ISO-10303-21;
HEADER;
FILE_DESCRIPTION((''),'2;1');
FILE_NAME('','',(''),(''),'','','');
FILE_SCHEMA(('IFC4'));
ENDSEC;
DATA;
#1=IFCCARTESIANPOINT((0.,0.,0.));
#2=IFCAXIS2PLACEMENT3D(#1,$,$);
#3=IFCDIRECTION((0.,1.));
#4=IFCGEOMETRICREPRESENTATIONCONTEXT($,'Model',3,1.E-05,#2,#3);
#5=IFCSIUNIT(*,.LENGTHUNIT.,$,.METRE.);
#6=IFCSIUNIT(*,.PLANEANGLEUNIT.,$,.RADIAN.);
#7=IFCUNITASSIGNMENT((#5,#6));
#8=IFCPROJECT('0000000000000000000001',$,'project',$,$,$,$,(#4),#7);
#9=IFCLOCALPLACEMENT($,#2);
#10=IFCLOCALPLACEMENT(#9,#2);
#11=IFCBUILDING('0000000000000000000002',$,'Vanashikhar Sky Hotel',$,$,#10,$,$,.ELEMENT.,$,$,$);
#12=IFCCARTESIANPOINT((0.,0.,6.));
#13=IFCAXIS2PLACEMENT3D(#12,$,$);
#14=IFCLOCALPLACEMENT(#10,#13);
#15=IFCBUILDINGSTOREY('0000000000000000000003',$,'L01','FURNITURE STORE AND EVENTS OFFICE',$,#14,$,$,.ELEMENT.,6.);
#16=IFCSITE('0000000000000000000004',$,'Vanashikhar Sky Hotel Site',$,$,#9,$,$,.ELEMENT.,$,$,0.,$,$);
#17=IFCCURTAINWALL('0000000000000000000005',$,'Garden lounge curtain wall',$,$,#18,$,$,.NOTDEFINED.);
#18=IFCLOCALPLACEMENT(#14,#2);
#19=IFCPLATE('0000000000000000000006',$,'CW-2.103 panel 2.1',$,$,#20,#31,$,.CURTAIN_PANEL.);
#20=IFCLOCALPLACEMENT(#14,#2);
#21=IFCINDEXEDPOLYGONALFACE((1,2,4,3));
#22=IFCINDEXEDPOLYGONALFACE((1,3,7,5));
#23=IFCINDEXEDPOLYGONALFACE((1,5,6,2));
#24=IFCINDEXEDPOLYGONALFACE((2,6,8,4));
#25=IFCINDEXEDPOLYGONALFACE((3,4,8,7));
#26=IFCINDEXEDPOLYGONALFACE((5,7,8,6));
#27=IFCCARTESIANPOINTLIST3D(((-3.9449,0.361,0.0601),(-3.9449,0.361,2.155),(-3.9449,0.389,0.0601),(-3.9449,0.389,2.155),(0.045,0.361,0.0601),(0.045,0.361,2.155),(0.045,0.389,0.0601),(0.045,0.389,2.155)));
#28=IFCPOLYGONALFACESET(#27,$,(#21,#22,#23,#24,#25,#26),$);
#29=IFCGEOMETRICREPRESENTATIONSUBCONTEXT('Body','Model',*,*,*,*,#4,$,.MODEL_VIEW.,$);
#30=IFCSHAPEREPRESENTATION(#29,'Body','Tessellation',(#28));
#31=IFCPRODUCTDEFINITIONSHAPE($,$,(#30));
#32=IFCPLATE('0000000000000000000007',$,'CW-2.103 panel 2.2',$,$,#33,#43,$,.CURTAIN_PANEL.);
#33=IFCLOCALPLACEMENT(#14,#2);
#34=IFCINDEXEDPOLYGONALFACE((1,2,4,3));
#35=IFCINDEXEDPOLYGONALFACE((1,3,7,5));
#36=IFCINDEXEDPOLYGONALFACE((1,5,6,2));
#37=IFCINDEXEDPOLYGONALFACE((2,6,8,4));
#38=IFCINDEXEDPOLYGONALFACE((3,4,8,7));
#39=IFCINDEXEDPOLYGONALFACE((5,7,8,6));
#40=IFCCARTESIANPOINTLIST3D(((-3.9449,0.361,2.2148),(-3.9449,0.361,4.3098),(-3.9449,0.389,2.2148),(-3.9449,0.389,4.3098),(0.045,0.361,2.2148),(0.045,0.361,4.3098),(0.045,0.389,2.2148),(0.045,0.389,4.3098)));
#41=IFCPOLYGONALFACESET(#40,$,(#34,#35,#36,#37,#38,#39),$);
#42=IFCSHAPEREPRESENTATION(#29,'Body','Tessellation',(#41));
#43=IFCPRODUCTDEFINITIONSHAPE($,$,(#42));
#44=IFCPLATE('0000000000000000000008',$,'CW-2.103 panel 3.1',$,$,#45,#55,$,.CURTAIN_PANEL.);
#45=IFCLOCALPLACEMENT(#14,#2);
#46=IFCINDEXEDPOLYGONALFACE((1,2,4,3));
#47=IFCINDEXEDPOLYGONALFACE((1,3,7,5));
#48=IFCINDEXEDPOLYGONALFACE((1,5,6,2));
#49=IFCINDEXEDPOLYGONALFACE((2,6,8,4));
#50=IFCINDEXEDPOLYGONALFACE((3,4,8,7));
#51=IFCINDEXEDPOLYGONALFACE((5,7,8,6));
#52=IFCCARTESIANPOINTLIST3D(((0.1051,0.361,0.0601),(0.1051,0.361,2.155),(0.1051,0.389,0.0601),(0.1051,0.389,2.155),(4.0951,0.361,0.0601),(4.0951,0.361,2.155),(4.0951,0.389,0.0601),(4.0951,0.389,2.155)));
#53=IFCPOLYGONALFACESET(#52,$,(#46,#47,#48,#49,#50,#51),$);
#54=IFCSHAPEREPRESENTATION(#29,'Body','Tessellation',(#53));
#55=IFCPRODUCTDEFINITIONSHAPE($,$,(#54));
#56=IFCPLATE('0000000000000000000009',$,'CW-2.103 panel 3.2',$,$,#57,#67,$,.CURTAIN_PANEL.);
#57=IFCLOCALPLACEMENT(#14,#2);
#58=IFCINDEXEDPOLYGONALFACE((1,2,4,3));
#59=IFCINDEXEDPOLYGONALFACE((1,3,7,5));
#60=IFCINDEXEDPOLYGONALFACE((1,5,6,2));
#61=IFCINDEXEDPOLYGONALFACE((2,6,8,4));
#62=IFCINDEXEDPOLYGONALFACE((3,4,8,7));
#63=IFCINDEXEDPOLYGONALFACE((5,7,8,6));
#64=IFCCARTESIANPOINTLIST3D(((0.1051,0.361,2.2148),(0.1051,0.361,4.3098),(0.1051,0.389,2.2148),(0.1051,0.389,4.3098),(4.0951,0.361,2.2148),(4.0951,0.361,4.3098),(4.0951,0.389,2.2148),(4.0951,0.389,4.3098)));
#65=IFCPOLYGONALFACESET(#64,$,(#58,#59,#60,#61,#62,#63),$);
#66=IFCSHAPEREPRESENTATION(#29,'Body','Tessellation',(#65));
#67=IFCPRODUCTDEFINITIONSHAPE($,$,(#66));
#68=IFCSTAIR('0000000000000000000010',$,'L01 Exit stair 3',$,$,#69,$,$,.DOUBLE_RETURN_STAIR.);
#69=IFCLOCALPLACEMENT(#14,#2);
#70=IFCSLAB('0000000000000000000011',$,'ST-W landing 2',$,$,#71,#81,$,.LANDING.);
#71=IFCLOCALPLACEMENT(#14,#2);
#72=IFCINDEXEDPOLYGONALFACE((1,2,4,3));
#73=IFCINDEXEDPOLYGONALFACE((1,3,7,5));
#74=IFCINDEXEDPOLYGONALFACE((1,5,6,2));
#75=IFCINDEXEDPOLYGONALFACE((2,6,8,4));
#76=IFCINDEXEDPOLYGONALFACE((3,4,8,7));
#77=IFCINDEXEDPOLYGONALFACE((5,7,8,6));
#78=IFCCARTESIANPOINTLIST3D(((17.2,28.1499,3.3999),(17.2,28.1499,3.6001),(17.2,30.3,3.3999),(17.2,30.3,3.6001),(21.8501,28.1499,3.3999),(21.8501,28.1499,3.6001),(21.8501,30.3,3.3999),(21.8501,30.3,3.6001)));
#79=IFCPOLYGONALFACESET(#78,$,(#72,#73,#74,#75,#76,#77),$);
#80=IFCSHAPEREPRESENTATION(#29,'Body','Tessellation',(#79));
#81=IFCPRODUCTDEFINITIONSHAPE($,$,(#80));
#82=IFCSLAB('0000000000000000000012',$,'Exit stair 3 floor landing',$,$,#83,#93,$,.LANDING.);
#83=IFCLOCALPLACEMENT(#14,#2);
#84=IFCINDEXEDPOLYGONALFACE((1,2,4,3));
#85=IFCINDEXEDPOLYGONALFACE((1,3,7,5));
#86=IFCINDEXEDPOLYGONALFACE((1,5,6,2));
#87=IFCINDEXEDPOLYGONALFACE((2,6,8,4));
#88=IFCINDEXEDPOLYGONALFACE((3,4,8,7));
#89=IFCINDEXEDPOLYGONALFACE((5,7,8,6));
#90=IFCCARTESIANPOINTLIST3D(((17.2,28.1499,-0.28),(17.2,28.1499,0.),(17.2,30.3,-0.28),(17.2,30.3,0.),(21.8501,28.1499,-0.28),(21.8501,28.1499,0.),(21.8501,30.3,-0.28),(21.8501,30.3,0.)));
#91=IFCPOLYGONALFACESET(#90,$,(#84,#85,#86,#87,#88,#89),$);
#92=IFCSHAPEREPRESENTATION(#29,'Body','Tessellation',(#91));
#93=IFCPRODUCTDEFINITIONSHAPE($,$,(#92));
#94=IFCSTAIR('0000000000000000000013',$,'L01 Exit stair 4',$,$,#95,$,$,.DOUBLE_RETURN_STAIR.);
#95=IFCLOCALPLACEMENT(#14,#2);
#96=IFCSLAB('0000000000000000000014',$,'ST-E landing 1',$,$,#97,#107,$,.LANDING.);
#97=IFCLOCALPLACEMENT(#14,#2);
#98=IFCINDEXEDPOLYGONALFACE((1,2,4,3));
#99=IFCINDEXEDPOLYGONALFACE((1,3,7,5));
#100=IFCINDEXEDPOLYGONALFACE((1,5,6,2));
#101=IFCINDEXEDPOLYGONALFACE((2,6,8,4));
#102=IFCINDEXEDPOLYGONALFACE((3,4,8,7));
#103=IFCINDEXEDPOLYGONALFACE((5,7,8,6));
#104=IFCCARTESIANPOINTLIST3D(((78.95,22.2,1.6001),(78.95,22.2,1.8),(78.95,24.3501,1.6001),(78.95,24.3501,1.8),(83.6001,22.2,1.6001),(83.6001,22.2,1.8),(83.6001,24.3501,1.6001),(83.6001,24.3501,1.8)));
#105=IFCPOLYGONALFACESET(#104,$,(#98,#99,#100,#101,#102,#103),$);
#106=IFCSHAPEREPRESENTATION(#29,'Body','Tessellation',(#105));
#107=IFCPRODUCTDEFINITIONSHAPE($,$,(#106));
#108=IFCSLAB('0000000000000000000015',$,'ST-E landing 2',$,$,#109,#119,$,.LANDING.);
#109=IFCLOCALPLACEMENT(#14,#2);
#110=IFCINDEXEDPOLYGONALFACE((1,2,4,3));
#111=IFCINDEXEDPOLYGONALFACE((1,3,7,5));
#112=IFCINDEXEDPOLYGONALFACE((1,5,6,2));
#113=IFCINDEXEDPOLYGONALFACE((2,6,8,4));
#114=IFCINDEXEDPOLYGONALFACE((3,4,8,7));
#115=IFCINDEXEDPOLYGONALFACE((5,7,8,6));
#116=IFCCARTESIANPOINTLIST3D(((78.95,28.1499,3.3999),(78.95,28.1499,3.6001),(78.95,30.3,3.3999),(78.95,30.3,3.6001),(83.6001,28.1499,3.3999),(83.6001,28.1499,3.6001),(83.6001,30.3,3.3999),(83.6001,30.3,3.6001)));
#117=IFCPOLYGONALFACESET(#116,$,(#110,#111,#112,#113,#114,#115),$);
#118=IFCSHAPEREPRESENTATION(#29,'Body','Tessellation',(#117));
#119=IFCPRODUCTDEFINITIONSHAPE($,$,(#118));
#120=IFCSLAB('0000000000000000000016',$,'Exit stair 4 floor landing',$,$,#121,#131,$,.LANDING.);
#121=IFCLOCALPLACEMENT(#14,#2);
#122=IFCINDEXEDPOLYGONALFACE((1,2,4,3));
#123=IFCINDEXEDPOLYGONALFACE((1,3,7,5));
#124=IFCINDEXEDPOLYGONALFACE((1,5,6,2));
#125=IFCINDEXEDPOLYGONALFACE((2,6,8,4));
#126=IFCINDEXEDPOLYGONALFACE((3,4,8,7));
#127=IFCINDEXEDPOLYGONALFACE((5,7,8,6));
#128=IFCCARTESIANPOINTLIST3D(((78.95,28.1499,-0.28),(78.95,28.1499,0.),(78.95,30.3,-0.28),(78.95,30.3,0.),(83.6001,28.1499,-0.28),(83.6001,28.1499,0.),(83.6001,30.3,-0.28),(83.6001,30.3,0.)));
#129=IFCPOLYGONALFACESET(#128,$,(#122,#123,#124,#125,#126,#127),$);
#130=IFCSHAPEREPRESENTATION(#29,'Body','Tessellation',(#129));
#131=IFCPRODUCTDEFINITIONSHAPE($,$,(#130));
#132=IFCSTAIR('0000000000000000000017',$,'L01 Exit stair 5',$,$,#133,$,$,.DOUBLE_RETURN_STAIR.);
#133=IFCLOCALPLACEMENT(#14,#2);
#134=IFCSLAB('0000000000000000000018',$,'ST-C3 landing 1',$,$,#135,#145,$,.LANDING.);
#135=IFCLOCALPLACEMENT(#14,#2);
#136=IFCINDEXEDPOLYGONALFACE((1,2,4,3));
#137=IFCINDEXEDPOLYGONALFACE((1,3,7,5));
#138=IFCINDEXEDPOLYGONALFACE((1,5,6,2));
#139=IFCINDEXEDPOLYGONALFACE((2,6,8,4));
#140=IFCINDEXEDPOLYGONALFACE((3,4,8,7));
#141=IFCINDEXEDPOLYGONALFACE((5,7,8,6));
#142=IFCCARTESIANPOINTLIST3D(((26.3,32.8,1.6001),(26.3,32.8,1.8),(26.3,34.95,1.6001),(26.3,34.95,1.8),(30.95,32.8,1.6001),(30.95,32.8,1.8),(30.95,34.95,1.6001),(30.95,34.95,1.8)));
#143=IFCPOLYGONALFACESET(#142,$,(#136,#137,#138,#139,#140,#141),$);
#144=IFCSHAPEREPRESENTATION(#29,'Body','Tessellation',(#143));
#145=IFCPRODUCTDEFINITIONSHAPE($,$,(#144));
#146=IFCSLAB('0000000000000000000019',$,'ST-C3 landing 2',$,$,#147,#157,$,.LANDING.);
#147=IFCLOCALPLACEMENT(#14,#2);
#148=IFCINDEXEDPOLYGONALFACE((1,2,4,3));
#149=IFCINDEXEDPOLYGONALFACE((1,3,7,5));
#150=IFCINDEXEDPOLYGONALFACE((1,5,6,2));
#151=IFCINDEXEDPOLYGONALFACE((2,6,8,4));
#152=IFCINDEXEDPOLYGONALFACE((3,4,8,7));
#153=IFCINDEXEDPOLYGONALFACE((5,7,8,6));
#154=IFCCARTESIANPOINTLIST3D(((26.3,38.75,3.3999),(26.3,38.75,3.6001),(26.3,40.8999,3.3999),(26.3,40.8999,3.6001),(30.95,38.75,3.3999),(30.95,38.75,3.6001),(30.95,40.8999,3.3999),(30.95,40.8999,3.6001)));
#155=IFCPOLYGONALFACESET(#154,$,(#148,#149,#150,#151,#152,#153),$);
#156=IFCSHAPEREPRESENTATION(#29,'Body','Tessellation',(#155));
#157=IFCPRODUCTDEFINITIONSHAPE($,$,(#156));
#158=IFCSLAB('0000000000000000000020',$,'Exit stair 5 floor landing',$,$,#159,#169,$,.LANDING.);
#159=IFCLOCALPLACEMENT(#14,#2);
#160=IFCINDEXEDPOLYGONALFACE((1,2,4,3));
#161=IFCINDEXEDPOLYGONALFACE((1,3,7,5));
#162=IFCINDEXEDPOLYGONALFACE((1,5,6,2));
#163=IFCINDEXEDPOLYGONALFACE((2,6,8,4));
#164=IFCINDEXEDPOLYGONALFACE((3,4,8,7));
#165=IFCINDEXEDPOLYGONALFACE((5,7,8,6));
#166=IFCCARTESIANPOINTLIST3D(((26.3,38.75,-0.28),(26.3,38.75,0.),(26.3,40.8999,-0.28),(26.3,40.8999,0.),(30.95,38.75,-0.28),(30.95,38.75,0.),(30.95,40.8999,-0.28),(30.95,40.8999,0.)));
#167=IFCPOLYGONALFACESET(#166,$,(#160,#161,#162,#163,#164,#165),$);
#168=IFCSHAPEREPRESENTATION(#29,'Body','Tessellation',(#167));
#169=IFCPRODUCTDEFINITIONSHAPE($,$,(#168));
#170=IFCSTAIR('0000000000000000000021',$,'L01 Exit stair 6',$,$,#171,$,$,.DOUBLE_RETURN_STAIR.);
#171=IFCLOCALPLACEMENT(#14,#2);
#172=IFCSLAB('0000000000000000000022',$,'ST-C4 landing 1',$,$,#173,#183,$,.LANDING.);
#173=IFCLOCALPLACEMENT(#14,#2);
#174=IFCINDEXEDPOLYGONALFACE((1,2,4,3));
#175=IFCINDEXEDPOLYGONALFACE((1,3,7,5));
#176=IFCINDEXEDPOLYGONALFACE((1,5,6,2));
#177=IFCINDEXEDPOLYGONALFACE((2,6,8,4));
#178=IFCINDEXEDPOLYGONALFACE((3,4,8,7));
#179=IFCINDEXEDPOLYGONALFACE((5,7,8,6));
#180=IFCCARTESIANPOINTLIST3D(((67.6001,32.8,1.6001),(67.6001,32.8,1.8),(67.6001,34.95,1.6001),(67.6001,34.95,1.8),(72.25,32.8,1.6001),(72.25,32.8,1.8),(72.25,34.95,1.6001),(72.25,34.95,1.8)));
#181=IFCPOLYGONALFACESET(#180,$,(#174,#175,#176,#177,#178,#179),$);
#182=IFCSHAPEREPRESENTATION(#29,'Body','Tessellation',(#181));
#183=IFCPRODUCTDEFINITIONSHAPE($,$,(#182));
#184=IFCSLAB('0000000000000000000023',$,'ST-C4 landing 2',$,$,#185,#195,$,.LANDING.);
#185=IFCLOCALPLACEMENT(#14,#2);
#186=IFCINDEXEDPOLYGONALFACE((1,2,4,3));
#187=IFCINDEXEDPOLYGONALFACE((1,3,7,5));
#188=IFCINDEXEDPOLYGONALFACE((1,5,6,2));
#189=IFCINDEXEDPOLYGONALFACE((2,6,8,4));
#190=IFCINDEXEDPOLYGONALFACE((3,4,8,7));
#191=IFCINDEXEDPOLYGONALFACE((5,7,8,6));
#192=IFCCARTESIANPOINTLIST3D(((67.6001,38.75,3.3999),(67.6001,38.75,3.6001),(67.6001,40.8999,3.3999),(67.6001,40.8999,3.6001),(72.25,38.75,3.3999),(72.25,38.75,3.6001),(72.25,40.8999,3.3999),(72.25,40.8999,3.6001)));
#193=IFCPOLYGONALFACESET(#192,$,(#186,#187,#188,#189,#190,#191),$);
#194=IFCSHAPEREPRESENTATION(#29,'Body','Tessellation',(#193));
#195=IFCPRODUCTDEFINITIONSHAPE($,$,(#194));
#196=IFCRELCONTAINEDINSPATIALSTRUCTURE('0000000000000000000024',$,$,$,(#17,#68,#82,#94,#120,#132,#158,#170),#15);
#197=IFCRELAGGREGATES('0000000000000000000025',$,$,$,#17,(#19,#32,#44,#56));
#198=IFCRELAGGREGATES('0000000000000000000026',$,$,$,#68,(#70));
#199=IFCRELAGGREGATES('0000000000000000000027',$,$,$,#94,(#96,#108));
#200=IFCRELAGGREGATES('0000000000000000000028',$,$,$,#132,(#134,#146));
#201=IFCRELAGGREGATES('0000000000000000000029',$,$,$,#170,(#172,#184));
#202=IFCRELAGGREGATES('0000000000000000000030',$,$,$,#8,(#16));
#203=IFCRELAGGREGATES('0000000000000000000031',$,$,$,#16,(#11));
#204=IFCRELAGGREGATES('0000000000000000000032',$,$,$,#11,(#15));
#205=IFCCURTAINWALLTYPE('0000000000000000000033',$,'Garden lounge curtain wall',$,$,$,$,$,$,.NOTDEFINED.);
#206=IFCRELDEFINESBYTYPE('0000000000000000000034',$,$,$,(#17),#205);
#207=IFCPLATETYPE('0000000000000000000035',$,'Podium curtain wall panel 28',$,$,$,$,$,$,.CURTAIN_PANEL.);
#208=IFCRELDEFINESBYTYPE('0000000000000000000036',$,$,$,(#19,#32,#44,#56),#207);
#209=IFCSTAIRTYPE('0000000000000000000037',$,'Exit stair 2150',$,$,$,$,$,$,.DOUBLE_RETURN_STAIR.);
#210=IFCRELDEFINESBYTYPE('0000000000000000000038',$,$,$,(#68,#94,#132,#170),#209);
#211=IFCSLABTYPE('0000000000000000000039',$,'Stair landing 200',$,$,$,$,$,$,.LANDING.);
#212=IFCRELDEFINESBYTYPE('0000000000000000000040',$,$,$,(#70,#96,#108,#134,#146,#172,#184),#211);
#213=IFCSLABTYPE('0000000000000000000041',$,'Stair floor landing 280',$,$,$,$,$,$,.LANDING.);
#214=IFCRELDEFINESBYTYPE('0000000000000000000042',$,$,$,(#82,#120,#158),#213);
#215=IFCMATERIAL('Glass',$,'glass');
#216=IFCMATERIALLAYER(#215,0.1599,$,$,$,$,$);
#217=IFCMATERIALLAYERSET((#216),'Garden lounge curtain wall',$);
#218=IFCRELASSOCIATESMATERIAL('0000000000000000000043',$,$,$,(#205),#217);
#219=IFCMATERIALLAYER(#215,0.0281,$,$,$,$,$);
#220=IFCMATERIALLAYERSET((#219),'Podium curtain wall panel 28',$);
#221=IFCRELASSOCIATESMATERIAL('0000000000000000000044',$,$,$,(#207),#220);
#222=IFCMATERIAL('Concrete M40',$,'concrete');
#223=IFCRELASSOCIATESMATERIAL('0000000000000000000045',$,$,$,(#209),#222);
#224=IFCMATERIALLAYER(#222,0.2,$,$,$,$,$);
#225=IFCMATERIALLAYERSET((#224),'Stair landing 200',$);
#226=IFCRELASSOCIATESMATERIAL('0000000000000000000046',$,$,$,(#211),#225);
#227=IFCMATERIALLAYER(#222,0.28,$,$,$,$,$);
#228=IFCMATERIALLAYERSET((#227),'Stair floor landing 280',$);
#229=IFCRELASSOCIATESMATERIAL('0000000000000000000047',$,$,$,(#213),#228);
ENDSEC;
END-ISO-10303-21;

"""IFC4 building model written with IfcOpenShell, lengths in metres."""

from ifc_helpers import new_model, si_unit, direction, frame, origin, origin_2d, place, context, subcontext, project, spatial, polyline, rectangle, outline, extrude, source, transform, mapped, material, layer, layer_set, type_object, element, aggregate, save


model = new_model("IFC4")

# Units and contexts
model_context = context("Model", 3, precision=1e-05, world=origin(), true_north=direction((0.0, 1.0)))
body_context = subcontext(model_context, "Body", "Model", "MODEL_VIEW")
ifc_project = project(units=[si_unit("LENGTHUNIT", "METRE"), si_unit("PLANEANGLEUNIT", "RADIAN")], contexts=[model_context])

# Site, building, storey
site_placement = place(None, origin())
site = spatial("IfcSite", under=ifc_project, at=site_placement, Name="Vanashikhar Sky Hotel Site", CompositionType="ELEMENT", RefElevation=0.0)
building_placement = place(site_placement, origin())
building = spatial("IfcBuilding", under=site, at=building_placement, Name="Vanashikhar Sky Hotel", CompositionType="ELEMENT")
storey_placement = place(building_placement, frame((0.0, 0.0, 6.0)))
storey = spatial("IfcBuildingStorey", under=building, at=storey_placement, Name="L01", Description="FURNITURE STORE AND EVENTS OFFICE", CompositionType="ELEMENT", Elevation=6.0)

# Curtain wall, plates
ifc_material_1 = material(Name="Glass", Category="glass")
ifc_layer_1 = layer(ifc_material_1, 0.1599)
ifc_layer_set_1 = layer_set([ifc_layer_1], Name="Garden lounge curtain wall")
curtain_wall_type = type_object("IfcCurtainWallType", Name="Garden lounge curtain wall", PredefinedType="NOTDEFINED", material=ifc_layer_set_1)
curtain_wall_placement = place(storey_placement, origin())
curtain_wall = element("IfcCurtainWall", 1, at=curtain_wall_placement, inside=storey, type_object=curtain_wall_type, Name="Garden lounge curtain wall", PredefinedType="NOTDEFINED")
ifc_layer_2 = layer(ifc_material_1, 0.0281)
ifc_layer_set_2 = layer_set([ifc_layer_2], Name="Podium curtain wall panel 28")
plate_type = type_object("IfcPlateType", Name="Podium curtain wall panel 28", PredefinedType="CURTAIN_PANEL", material=ifc_layer_set_2)
shared_shape_1 = source(origin(), body_context, "Body", "SweptSolid", [
    extrude(rectangle(XDim=3.99, YDim=0.0281, at=origin_2d()), origin(), (0.0, 0.0, 1.0), 2.095),
])
plate_1_placement = place(storey_placement, frame((-1.95, 0.375, 0.0601), z_axis=(0.0, 0.0, 1.0), x_axis=(1.0, 0.0, 0.0)))
plate_1 = element("IfcPlate", 2, at=plate_1_placement, type_object=plate_type, Name="CW-2.103 panel 2.1", PredefinedType="CURTAIN_PANEL", context=body_context, shape_type="MappedRepresentation", body=[
    mapped(shared_shape_1, transform((0.0, 0.0, 0.0), scale=1.0)),
])
plate_2_placement = place(storey_placement, frame((-1.95, 0.375, 2.2148), z_axis=(0.0, 0.0, 1.0), x_axis=(1.0, 0.0, 0.0)))
plate_2 = element("IfcPlate", 3, at=plate_2_placement, type_object=plate_type, Name="CW-2.103 panel 2.2", PredefinedType="CURTAIN_PANEL", context=body_context, shape_type="MappedRepresentation", body=[
    mapped(shared_shape_1, transform((0.0, 0.0, 0.0), scale=1.0)),
])
plate_3_placement = place(storey_placement, frame((2.1001, 0.375, 0.0601), z_axis=(0.0, 0.0, 1.0), x_axis=(1.0, 0.0, 0.0)))
plate_3 = element("IfcPlate", 4, at=plate_3_placement, type_object=plate_type, Name="CW-2.103 panel 3.1", PredefinedType="CURTAIN_PANEL", context=body_context, shape_type="MappedRepresentation", body=[
    mapped(shared_shape_1, transform((0.0, 0.0, 0.0), scale=1.0)),
])
plate_4_placement = place(storey_placement, frame((2.1001, 0.375, 2.2148), z_axis=(0.0, 0.0, 1.0), x_axis=(1.0, 0.0, 0.0)))
plate_4 = element("IfcPlate", 5, at=plate_4_placement, type_object=plate_type, Name="CW-2.103 panel 3.2", PredefinedType="CURTAIN_PANEL", context=body_context, shape_type="MappedRepresentation", body=[
    mapped(shared_shape_1, transform((0.0, 0.0, 0.0), scale=1.0)),
])
aggregate(curtain_wall, [plate_1, plate_2, plate_3, plate_4])

# Stair, slab
ifc_material_2 = material(Name="Concrete M40", Category="concrete")
stair_type = type_object("IfcStairType", Name="Exit stair 2150", PredefinedType="DOUBLE_RETURN_STAIR", material=ifc_material_2)
stair_1_placement = place(storey_placement, origin())
stair_1 = element("IfcStair", 6, at=stair_1_placement, inside=storey, type_object=stair_type, Name="L01 Exit stair 3", PredefinedType="DOUBLE_RETURN_STAIR")
ifc_layer_3 = layer(ifc_material_2, 0.2)
ifc_layer_set_3 = layer_set([ifc_layer_3], Name="Stair landing 200")
slab_type_1 = type_object("IfcSlabType", Name="Stair landing 200", PredefinedType="LANDING", material=ifc_layer_set_3)
shared_shape_2 = source(origin(), body_context, "Body", "SweptSolid", [
    extrude(outline(polyline([(21.8501, 28.1499), (21.8501, 30.3), (17.2, 30.3), (17.2, 28.1499), (21.8501, 28.1499)])), origin(), (0.0, 0.0, 1.0), 0.2002),
])
slab_1_placement = place(storey_placement, frame((0.0, 0.0, 3.3999)))
slab_1 = element("IfcSlab", 7, at=slab_1_placement, type_object=slab_type_1, Name="ST-W landing 2", PredefinedType="LANDING", context=body_context, shape_type="MappedRepresentation", body=[
    mapped(shared_shape_2, transform((0.0, 0.0, 0.0), scale=1.0)),
])
aggregate(stair_1, [slab_1])

# Slab
ifc_layer_4 = layer(ifc_material_2, 0.28)
ifc_layer_set_4 = layer_set([ifc_layer_4], Name="Stair floor landing 280")
slab_type_2 = type_object("IfcSlabType", Name="Stair floor landing 280", PredefinedType="LANDING", material=ifc_layer_set_4)
shared_shape_3 = source(origin(), body_context, "Body", "SweptSolid", [
    extrude(outline(polyline([(21.8501, 28.1499), (21.8501, 30.3), (17.2, 30.3), (17.2, 28.1499), (21.8501, 28.1499)])), origin(), (0.0, 0.0, 1.0), 0.28),
])
slab_2_placement = place(storey_placement, frame((0.0, 0.0, -0.28)))
element("IfcSlab", 8, at=slab_2_placement, inside=storey, type_object=slab_type_2, Name="Exit stair 3 floor landing", PredefinedType="LANDING", context=body_context, shape_type="MappedRepresentation", body=[
    mapped(shared_shape_3, transform((0.0, 0.0, 0.0), scale=1.0)),
])

# Stair, slabs
stair_2_placement = place(storey_placement, origin())
stair_2 = element("IfcStair", 9, at=stair_2_placement, inside=storey, type_object=stair_type, Name="L01 Exit stair 4", PredefinedType="DOUBLE_RETURN_STAIR")
shared_shape_4 = source(origin(), body_context, "Body", "SweptSolid", [
    extrude(outline(polyline([(83.6001, 22.2), (83.6001, 24.3501), (78.95, 24.3501), (78.95, 22.2), (83.6001, 22.2)])), origin(), (0.0, 0.0, 1.0), 0.2),
])
slab_3_placement = place(storey_placement, frame((0.0, 0.0, 1.6001)))
slab_3 = element("IfcSlab", 10, at=slab_3_placement, type_object=slab_type_1, Name="ST-E landing 1", PredefinedType="LANDING", context=body_context, shape_type="MappedRepresentation", body=[
    mapped(shared_shape_4, transform((0.0, 0.0, 0.0), scale=1.0)),
])
shared_shape_5 = source(origin(), body_context, "Body", "SweptSolid", [
    extrude(outline(polyline([(83.6001, 28.1499), (83.6001, 30.3), (78.95, 30.3), (78.95, 28.1499), (83.6001, 28.1499)])), origin(), (0.0, 0.0, 1.0), 0.2002),
])
slab_4_placement = place(storey_placement, frame((0.0, 0.0, 3.3999)))
slab_4 = element("IfcSlab", 11, at=slab_4_placement, type_object=slab_type_1, Name="ST-E landing 2", PredefinedType="LANDING", context=body_context, shape_type="MappedRepresentation", body=[
    mapped(shared_shape_5, transform((0.0, 0.0, 0.0), scale=1.0)),
])
aggregate(stair_2, [slab_3, slab_4])

# Slab
shared_shape_6 = source(origin(), body_context, "Body", "SweptSolid", [
    extrude(outline(polyline([(83.6001, 28.1499), (83.6001, 30.3), (78.95, 30.3), (78.95, 28.1499), (83.6001, 28.1499)])), origin(), (0.0, 0.0, 1.0), 0.28),
])
slab_5_placement = place(storey_placement, frame((0.0, 0.0, -0.28)))
element("IfcSlab", 12, at=slab_5_placement, inside=storey, type_object=slab_type_2, Name="Exit stair 4 floor landing", PredefinedType="LANDING", context=body_context, shape_type="MappedRepresentation", body=[
    mapped(shared_shape_6, transform((0.0, 0.0, 0.0), scale=1.0)),
])

# Stair, slabs
stair_3_placement = place(storey_placement, origin())
stair_3 = element("IfcStair", 13, at=stair_3_placement, inside=storey, type_object=stair_type, Name="L01 Exit stair 5", PredefinedType="DOUBLE_RETURN_STAIR")
shared_shape_7 = source(origin(), body_context, "Body", "SweptSolid", [
    extrude(outline(polyline([(30.95, 32.8), (30.95, 34.95), (26.3, 34.95), (26.3, 32.8), (30.95, 32.8)])), origin(), (0.0, 0.0, 1.0), 0.2),
])
slab_6_placement = place(storey_placement, frame((0.0, 0.0, 1.6001)))
slab_6 = element("IfcSlab", 14, at=slab_6_placement, type_object=slab_type_1, Name="ST-C3 landing 1", PredefinedType="LANDING", context=body_context, shape_type="MappedRepresentation", body=[
    mapped(shared_shape_7, transform((0.0, 0.0, 0.0), scale=1.0)),
])
shared_shape_8 = source(origin(), body_context, "Body", "SweptSolid", [
    extrude(outline(polyline([(30.95, 38.75), (30.95, 40.8999), (26.3, 40.8999), (26.3, 38.75), (30.95, 38.75)])), origin(), (0.0, 0.0, 1.0), 0.2002),
])
slab_7_placement = place(storey_placement, frame((0.0, 0.0, 3.3999)))
slab_7 = element("IfcSlab", 15, at=slab_7_placement, type_object=slab_type_1, Name="ST-C3 landing 2", PredefinedType="LANDING", context=body_context, shape_type="MappedRepresentation", body=[
    mapped(shared_shape_8, transform((0.0, 0.0, 0.0), scale=1.0)),
])
aggregate(stair_3, [slab_6, slab_7])

# Slab
shared_shape_9 = source(origin(), body_context, "Body", "SweptSolid", [
    extrude(outline(polyline([(30.95, 38.75), (30.95, 40.8999), (26.3, 40.8999), (26.3, 38.75), (30.95, 38.75)])), origin(), (0.0, 0.0, 1.0), 0.28),
])
slab_8_placement = place(storey_placement, frame((0.0, 0.0, -0.28)))
element("IfcSlab", 16, at=slab_8_placement, inside=storey, type_object=slab_type_2, Name="Exit stair 5 floor landing", PredefinedType="LANDING", context=body_context, shape_type="MappedRepresentation", body=[
    mapped(shared_shape_9, transform((0.0, 0.0, 0.0), scale=1.0)),
])

# Stair, slabs
stair_4_placement = place(storey_placement, origin())
stair_4 = element("IfcStair", 17, at=stair_4_placement, inside=storey, type_object=stair_type, Name="L01 Exit stair 6", PredefinedType="DOUBLE_RETURN_STAIR")
shared_shape_10 = source(origin(), body_context, "Body", "SweptSolid", [
    extrude(outline(polyline([(72.25, 32.8), (72.25, 34.95), (67.6001, 34.95), (67.6001, 32.8), (72.25, 32.8)])), origin(), (0.0, 0.0, 1.0), 0.2),
])
slab_9_placement = place(storey_placement, frame((0.0, 0.0, 1.6001)))
slab_9 = element("IfcSlab", 18, at=slab_9_placement, type_object=slab_type_1, Name="ST-C4 landing 1", PredefinedType="LANDING", context=body_context, shape_type="MappedRepresentation", body=[
    mapped(shared_shape_10, transform((0.0, 0.0, 0.0), scale=1.0)),
])
shared_shape_11 = source(origin(), body_context, "Body", "SweptSolid", [
    extrude(outline(polyline([(72.25, 38.75), (72.25, 40.8999), (67.6001, 40.8999), (67.6001, 38.75), (72.25, 38.75)])), origin(), (0.0, 0.0, 1.0), 0.2002),
])
slab_10_placement = place(storey_placement, frame((0.0, 0.0, 3.3999)))
slab_10 = element("IfcSlab", 19, at=slab_10_placement, type_object=slab_type_1, Name="ST-C4 landing 2", PredefinedType="LANDING", context=body_context, shape_type="MappedRepresentation", body=[
    mapped(shared_shape_11, transform((0.0, 0.0, 0.0), scale=1.0)),
])
aggregate(stair_4, [slab_9, slab_10])

save(model, "model.ifc")
